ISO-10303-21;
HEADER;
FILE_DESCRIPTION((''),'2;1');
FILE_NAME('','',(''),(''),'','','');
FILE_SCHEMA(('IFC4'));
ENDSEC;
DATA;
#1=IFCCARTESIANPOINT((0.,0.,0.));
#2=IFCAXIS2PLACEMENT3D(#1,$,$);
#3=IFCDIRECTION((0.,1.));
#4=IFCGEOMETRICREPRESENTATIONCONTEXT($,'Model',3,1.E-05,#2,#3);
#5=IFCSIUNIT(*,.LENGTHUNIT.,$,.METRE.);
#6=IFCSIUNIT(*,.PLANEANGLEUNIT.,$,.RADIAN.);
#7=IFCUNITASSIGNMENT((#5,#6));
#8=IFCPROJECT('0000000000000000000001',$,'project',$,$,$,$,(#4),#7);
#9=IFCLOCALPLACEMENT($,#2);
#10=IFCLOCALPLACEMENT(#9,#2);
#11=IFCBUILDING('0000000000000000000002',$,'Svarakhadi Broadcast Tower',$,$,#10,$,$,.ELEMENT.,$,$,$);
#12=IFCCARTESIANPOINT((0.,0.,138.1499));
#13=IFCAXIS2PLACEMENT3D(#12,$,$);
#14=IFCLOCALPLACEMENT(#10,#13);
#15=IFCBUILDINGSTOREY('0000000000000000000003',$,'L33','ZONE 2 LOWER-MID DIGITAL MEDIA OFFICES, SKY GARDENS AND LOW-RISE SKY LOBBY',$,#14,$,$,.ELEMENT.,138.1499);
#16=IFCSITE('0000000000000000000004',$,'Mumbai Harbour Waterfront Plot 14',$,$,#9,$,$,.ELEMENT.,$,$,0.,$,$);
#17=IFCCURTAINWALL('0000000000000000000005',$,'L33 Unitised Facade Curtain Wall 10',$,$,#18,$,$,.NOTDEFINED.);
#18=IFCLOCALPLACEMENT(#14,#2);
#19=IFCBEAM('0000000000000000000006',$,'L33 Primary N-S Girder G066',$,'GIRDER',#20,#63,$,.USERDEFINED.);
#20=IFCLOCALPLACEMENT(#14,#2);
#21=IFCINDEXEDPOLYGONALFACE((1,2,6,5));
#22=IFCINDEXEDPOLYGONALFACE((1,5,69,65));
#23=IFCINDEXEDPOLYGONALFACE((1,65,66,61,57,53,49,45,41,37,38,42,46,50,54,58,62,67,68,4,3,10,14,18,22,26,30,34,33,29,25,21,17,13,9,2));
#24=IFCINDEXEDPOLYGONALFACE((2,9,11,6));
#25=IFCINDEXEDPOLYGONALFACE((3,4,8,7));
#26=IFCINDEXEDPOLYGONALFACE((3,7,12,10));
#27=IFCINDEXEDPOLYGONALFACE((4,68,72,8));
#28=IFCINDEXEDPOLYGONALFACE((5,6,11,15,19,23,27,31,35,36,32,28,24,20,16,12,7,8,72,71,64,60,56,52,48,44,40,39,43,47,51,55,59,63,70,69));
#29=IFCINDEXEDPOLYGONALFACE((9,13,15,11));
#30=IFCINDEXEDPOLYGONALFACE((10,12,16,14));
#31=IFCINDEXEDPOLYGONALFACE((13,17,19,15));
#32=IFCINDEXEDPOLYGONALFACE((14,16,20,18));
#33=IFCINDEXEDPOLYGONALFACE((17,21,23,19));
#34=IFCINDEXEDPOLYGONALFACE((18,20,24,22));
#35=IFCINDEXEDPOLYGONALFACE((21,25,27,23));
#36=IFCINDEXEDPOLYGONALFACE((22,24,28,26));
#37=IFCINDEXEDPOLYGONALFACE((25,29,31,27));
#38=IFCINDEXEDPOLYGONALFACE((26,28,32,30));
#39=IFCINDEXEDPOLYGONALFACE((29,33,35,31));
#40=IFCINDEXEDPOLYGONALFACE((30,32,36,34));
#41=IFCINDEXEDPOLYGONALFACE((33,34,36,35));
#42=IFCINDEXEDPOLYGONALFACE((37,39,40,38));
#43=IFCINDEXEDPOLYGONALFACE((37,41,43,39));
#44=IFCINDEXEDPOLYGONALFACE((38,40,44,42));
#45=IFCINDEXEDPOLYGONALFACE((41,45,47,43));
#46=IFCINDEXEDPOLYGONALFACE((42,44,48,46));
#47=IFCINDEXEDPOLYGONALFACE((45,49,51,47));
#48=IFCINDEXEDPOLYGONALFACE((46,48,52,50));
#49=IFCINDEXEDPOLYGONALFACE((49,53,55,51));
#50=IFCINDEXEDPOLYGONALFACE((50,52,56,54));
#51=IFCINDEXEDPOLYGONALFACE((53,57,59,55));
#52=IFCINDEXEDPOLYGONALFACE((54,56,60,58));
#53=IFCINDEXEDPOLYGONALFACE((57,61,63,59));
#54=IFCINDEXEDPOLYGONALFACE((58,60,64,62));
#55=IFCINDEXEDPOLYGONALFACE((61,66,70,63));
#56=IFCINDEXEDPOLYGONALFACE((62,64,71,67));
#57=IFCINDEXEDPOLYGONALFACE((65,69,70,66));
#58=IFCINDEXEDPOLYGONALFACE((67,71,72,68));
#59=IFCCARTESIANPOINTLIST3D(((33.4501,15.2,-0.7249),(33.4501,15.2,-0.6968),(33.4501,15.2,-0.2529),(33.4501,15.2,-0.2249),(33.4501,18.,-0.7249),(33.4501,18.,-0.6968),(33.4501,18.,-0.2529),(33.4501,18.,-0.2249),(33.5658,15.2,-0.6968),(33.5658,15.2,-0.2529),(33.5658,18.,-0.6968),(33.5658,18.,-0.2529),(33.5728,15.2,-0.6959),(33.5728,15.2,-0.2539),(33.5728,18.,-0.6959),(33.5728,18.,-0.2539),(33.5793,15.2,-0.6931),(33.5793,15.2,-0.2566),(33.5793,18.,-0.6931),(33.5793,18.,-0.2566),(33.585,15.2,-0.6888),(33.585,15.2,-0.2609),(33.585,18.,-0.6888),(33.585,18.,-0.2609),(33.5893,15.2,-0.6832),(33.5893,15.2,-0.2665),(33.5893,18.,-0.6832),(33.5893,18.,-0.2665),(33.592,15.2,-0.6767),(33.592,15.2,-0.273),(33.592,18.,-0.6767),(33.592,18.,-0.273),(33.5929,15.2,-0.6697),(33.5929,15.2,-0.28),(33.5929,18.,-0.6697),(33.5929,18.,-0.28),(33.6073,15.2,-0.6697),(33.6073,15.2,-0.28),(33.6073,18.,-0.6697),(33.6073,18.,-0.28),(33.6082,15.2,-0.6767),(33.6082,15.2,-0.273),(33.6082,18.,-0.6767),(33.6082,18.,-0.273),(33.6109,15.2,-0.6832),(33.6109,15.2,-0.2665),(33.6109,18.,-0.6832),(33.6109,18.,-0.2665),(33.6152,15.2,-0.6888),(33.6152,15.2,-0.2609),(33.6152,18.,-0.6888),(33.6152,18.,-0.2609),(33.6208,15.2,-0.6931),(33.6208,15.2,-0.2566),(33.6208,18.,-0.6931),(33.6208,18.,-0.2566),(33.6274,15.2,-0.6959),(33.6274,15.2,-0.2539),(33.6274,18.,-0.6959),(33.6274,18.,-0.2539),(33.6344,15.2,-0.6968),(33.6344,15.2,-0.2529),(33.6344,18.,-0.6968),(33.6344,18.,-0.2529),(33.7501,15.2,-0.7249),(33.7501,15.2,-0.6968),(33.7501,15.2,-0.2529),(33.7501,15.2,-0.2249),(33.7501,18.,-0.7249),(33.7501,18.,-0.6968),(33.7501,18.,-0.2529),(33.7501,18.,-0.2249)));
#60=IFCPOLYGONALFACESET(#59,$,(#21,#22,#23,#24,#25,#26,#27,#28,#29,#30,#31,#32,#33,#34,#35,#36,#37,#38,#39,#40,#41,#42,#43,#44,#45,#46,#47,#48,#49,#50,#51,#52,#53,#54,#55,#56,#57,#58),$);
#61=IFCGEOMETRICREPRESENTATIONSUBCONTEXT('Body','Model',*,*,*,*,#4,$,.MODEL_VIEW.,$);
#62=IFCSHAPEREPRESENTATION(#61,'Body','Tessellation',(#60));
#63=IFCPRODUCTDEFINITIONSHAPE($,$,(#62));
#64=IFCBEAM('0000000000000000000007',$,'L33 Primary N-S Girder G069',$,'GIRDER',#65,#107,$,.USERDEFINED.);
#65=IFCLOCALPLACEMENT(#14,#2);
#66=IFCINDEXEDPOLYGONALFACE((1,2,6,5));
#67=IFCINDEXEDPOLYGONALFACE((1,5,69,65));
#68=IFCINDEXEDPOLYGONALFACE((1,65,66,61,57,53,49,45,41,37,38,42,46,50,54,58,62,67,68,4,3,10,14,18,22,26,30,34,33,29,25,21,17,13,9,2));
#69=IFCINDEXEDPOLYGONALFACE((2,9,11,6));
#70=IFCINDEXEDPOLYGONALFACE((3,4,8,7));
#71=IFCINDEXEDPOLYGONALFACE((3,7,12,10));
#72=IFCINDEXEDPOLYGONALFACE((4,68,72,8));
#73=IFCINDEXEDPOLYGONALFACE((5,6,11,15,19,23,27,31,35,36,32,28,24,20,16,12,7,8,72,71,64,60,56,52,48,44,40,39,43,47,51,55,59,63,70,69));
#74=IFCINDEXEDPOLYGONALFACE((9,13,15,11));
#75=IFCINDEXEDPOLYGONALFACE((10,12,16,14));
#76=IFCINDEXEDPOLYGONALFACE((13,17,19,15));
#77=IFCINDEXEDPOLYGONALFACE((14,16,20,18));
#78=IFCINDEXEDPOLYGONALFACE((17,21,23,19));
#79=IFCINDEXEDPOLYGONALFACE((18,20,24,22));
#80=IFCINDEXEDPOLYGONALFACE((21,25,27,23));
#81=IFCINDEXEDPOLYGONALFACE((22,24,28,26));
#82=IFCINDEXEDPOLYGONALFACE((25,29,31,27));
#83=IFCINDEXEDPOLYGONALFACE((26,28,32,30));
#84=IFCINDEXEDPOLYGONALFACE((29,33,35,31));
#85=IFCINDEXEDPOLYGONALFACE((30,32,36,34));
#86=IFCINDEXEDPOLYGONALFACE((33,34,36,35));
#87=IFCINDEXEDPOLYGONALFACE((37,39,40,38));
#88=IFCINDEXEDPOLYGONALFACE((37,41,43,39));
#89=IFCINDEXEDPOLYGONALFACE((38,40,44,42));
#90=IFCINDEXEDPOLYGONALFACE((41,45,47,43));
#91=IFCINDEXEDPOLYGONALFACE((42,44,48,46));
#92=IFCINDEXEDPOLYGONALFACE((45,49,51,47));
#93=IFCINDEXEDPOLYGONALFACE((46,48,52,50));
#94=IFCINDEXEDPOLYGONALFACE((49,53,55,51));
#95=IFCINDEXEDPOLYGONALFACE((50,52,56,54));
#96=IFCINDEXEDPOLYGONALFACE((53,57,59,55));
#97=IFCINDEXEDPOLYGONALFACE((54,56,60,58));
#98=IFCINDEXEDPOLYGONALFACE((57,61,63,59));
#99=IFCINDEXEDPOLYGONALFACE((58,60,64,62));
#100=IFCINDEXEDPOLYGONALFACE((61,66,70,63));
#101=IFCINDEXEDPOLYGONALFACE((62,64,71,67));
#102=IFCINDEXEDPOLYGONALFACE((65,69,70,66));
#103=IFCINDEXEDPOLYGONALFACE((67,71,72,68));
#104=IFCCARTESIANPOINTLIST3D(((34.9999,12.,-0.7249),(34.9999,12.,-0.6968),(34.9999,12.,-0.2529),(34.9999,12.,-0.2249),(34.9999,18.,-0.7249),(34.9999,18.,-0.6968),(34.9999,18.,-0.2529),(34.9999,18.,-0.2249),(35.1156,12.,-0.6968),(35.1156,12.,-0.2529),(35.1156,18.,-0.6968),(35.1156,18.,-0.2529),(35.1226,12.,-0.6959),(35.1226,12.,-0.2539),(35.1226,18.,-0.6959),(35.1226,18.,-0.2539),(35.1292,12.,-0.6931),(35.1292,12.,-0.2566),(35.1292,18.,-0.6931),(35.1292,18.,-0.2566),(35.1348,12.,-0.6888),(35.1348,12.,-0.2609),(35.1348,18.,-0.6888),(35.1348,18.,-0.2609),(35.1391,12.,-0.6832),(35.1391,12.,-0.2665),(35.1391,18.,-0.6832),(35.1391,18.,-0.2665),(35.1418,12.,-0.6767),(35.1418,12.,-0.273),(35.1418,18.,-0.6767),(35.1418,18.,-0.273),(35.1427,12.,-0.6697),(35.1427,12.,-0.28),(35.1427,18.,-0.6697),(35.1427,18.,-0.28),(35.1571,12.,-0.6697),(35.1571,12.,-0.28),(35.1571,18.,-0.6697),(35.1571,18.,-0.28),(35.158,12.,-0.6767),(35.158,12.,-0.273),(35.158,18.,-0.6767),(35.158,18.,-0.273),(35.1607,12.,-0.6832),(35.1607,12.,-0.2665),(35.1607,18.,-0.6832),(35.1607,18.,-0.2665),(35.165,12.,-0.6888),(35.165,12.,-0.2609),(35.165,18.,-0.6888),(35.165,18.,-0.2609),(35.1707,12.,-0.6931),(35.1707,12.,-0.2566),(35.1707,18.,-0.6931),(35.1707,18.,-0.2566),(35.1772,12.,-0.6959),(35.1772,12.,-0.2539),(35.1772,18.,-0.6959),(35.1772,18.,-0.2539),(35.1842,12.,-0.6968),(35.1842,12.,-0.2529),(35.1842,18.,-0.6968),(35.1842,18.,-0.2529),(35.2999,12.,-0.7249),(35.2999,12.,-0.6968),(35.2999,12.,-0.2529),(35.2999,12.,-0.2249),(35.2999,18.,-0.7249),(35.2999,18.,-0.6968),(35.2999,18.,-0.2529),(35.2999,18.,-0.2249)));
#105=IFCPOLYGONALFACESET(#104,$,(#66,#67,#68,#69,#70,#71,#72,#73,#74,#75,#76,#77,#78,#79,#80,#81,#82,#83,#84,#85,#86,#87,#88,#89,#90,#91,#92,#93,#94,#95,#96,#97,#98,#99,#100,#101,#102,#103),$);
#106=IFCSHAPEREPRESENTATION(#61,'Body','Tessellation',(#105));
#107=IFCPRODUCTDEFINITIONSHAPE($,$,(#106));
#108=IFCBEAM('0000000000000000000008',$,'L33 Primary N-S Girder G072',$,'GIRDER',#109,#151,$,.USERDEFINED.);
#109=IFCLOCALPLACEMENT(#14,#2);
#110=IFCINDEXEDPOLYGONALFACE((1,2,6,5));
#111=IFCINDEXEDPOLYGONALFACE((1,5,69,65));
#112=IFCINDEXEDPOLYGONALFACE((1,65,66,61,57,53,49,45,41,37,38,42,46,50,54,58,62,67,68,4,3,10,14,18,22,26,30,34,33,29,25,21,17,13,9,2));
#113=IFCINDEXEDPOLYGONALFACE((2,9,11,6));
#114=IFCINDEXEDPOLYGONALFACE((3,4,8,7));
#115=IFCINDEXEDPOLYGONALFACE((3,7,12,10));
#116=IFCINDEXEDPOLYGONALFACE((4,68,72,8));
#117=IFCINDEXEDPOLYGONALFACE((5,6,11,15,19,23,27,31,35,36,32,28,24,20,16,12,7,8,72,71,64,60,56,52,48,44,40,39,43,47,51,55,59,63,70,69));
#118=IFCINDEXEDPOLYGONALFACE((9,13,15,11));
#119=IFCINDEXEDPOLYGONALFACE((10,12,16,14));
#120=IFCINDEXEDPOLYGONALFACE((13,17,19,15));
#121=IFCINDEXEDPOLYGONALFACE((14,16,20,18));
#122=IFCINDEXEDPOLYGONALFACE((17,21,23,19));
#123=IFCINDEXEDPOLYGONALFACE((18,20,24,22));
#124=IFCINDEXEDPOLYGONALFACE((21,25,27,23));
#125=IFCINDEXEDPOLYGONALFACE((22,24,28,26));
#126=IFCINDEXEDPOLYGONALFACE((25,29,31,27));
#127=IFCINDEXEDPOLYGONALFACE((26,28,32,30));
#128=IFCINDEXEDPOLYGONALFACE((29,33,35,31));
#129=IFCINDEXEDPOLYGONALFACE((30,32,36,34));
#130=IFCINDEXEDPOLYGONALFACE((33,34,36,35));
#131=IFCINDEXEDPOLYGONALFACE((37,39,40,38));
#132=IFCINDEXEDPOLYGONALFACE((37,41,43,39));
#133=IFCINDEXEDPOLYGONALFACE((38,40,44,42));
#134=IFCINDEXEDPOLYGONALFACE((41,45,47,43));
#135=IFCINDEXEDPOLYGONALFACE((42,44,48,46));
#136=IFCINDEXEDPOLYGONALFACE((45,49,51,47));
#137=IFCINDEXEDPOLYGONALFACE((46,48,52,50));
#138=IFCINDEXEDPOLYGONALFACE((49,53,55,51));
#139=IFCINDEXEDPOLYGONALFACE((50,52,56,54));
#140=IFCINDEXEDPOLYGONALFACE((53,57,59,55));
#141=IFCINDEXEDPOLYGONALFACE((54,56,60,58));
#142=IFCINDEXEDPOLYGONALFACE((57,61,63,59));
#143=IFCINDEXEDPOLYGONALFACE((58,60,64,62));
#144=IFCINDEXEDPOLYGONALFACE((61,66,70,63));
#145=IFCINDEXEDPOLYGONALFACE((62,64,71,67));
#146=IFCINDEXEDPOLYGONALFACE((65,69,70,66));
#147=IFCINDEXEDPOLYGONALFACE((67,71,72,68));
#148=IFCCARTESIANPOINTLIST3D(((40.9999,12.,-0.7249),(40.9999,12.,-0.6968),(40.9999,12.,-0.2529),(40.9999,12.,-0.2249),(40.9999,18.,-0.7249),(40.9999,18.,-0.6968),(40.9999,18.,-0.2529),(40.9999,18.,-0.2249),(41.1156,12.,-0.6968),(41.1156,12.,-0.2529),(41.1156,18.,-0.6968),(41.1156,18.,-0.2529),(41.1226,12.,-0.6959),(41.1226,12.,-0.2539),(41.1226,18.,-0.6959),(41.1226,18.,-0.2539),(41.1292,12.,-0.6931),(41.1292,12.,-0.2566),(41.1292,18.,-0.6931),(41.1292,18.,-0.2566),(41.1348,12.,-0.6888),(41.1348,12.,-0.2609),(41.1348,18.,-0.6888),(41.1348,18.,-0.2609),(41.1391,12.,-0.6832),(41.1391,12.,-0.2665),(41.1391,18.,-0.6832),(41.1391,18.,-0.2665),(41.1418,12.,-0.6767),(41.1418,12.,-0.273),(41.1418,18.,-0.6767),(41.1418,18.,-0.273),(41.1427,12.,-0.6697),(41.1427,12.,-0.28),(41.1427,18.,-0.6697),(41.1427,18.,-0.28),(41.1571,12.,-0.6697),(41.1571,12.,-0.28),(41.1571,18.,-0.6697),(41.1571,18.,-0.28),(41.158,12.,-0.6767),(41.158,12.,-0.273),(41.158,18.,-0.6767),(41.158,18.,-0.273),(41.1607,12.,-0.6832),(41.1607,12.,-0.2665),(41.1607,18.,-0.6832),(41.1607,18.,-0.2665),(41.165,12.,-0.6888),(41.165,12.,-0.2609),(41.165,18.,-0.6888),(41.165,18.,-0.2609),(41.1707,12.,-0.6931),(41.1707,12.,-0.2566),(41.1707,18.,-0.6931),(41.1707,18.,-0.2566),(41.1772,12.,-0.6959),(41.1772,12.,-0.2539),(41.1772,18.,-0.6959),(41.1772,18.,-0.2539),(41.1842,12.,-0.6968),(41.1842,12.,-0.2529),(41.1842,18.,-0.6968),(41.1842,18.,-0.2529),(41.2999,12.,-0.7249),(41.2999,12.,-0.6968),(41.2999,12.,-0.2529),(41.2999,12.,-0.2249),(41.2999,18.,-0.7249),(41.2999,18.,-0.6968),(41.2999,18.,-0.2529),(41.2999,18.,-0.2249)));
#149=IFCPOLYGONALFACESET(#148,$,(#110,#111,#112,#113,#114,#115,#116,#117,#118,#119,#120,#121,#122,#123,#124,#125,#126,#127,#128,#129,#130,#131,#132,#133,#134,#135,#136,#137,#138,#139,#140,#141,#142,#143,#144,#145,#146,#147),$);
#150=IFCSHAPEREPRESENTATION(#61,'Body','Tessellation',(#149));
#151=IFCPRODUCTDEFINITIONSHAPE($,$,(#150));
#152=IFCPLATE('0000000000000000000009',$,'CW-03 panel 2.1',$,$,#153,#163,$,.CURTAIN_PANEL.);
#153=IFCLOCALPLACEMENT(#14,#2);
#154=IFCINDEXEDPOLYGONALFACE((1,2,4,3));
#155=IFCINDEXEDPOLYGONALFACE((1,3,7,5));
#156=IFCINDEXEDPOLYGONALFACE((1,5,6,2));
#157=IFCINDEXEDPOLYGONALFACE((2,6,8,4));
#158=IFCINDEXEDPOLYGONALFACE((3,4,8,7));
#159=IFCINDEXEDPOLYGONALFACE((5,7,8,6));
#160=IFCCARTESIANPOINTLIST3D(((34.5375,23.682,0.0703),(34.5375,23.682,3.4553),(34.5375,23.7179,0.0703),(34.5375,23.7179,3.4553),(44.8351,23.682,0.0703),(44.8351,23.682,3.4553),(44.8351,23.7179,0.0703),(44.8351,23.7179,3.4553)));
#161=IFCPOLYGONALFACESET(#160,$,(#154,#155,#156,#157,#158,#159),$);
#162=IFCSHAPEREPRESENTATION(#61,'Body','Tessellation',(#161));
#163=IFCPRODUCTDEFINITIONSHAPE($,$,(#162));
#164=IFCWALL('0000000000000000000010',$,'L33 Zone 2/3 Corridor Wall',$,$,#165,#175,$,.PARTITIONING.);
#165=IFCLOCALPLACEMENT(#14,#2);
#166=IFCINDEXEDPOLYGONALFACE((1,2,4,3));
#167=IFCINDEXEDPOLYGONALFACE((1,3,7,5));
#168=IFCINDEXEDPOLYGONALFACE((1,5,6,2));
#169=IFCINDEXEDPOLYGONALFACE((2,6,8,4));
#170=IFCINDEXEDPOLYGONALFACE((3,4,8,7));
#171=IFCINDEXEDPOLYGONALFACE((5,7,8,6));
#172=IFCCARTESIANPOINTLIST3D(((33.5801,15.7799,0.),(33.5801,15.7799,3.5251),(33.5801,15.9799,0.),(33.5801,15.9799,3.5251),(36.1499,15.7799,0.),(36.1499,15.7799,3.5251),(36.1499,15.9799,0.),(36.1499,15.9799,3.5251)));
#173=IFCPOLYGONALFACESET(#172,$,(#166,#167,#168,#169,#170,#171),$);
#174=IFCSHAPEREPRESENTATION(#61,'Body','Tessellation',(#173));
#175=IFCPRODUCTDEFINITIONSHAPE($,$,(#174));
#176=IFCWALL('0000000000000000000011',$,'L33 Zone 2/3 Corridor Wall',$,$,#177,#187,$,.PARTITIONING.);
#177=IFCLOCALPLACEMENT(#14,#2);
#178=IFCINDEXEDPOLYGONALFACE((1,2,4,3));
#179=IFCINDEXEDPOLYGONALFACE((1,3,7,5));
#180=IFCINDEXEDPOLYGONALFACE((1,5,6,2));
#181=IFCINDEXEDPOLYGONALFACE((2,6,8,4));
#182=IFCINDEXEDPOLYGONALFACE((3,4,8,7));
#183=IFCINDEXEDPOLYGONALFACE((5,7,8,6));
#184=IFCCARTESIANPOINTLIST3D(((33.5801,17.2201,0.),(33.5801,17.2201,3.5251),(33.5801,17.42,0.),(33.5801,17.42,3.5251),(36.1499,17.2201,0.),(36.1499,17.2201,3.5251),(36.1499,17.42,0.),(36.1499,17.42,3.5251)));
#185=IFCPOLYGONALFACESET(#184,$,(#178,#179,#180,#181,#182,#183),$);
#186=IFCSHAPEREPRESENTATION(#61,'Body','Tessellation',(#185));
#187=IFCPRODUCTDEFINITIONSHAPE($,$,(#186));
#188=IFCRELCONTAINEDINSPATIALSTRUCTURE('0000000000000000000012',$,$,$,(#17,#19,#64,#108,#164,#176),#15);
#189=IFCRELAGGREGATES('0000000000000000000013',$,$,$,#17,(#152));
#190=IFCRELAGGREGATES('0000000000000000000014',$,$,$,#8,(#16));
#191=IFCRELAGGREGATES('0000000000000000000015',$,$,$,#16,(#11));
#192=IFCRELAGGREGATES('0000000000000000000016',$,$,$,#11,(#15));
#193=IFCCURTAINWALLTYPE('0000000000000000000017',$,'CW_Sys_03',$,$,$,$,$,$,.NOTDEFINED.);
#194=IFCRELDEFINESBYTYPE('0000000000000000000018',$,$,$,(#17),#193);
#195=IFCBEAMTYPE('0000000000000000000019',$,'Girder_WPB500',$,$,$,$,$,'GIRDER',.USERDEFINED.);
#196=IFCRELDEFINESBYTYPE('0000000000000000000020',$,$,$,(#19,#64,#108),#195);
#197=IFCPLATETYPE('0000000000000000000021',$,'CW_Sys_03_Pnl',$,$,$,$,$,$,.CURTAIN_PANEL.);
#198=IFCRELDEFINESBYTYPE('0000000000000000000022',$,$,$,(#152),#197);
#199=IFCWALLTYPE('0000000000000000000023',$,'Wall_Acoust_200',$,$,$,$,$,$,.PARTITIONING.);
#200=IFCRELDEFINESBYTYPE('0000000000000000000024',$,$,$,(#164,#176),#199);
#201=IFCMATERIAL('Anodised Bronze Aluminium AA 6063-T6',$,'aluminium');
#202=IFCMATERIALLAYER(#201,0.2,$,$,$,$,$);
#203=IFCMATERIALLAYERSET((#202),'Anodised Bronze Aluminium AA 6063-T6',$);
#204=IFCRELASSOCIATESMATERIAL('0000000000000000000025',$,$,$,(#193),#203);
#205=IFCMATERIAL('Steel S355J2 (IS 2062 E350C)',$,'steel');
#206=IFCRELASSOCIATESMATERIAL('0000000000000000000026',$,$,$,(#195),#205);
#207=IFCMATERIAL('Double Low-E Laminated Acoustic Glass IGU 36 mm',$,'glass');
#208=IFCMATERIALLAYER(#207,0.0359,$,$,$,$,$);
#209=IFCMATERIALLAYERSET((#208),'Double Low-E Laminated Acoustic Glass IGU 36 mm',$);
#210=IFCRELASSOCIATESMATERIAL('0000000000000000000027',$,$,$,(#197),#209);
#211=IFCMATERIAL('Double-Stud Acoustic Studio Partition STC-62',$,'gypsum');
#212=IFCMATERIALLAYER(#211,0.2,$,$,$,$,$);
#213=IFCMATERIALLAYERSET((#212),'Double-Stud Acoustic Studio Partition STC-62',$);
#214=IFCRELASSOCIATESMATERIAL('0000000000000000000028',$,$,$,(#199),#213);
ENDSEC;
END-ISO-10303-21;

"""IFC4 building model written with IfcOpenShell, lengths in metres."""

from ifc_helpers import new_model, si_unit, direction, frame, frame_2d, origin, origin_2d, place, context, subcontext, project, spatial, rectangle, i_section, extrude, material, layer, layer_set, material_profile, profile_set, type_object, element, aggregate, save


model = new_model("IFC4")

# Units and contexts
model_context = context("Model", 3, precision=1e-05, world=origin(), true_north=direction((0.0, 1.0)))
body_context = subcontext(model_context, "Body", "Model", "MODEL_VIEW")
ifc_project = project(units=[si_unit("LENGTHUNIT", "METRE"), si_unit("PLANEANGLEUNIT", "RADIAN")], contexts=[model_context])

# Site, building, storey
site_placement = place(None, origin())
site = spatial("IfcSite", under=ifc_project, at=site_placement, Name="Mumbai Harbour Waterfront Plot 14", CompositionType="ELEMENT", RefElevation=0.0)
building_placement = place(site_placement, origin())
building = spatial("IfcBuilding", under=site, at=building_placement, Name="Svarakhadi Broadcast Tower", CompositionType="ELEMENT")
storey_placement = place(building_placement, frame((0.0, 0.0, 138.1499)))
storey = spatial("IfcBuildingStorey", under=building, at=storey_placement, Name="L33", Description="ZONE 2 LOWER-MID DIGITAL MEDIA OFFICES, SKY GARDENS AND LOW-RISE SKY LOBBY", CompositionType="ELEMENT", Elevation=138.1499)

# Shared definitions
ifc_material_1 = material(Name="Steel S355J2 (IS 2062 E350C)", Category="steel")

# Curtain wall
ifc_material_2 = material(Name="Anodised Bronze Aluminium AA 6063-T6", Category="aluminium")
ifc_layer_1 = layer(ifc_material_2, 0.2)
ifc_layer_set_1 = layer_set([ifc_layer_1], Name="Anodised Bronze Aluminium AA 6063-T6")
curtain_wall_type = type_object("IfcCurtainWallType", Name="CW_Sys_03", PredefinedType="NOTDEFINED", material=ifc_layer_set_1)
curtain_wall_placement = place(storey_placement, origin())
curtain_wall = element("IfcCurtainWall", 1, at=curtain_wall_placement, inside=storey, type_object=curtain_wall_type, Name="L33 Unitised Facade Curtain Wall 10", PredefinedType="NOTDEFINED")

# Beams
ifc_material_profile_1 = material_profile(ifc_material_1, i_section(OverallWidth=0.3, OverallDepth=0.5, WebThickness=0.0144, FlangeThickness=0.0281, FilletRadius=0.0271, at=origin_2d()), Name="WPB 500x300x187")
ifc_profile_set_1 = profile_set([ifc_material_profile_1], Name="Steel S355J2 (IS 2062 E350C)")
beam_type_1 = type_object("IfcBeamType", Name="Girder_WPB500", ElementType="GIRDER", PredefinedType="USERDEFINED", material=ifc_profile_set_1)
beam_1_placement = place(storey_placement, frame((33.6001, 15.2, -0.4749), z_axis=(0.0, 1.0, 0.0), x_axis=(-1.0, 0.0, 0.0)))
element("IfcBeam", 2, at=beam_1_placement, inside=storey, type_object=beam_type_1, Name="L33 Primary N-S Girder G066", ObjectType="GIRDER", PredefinedType="USERDEFINED", context=body_context, shape_type="SweptSolid", body=[
    extrude(i_section(OverallWidth=0.3, OverallDepth=0.5, WebThickness=0.0144, FlangeThickness=0.0281, FilletRadius=0.0271, at=origin_2d()), origin(), (0.0, 0.0, 1.0), 2.8),
])
for number, where, z_axis, x_axis, name in (
    (3, (35.1499, 12.0, -0.4749), (0.0, 1.0, 0.0), (-1.0, 0.0, 0.0), "L33 Primary N-S Girder G069"),
    (4, (41.1499, 12.0, -0.4749), (0.0, 1.0, 0.0), (-1.0, 0.0, 0.0), "L33 Primary N-S Girder G072"),
):
    element("IfcBeam", number, at=place(storey_placement, frame(where, z_axis=z_axis, x_axis=x_axis)), inside=storey, type_object=beam_type_1, Name=name, ObjectType="GIRDER", PredefinedType="USERDEFINED", context=body_context, shape_type="SweptSolid", body=[
        extrude(i_section(OverallWidth=0.3, OverallDepth=0.5, WebThickness=0.0144, FlangeThickness=0.0281, FilletRadius=0.0271, at=origin_2d()), origin(), (0.0, 0.0, 1.0), 6.0),
    ])

# Plate
ifc_material_3 = material(Name="Double Low-E Laminated Acoustic Glass IGU 36 mm", Category="glass")
ifc_layer_2 = layer(ifc_material_3, 0.0359)
ifc_layer_set_2 = layer_set([ifc_layer_2], Name="Double Low-E Laminated Acoustic Glass IGU 36 mm")
plate_type = type_object("IfcPlateType", Name="CW_Sys_03_Pnl", PredefinedType="CURTAIN_PANEL", material=ifc_layer_set_2)
plate_placement = place(storey_placement, frame((39.6863, 23.7, 0.0703), z_axis=(0.0, 0.0, 1.0), x_axis=(1.0, 0.0, 0.0)))
plate = element("IfcPlate", 5, at=plate_placement, type_object=plate_type, Name="CW-03 panel 2.1", PredefinedType="CURTAIN_PANEL", context=body_context, shape_type="SweptSolid", body=[
    extrude(rectangle(XDim=10.2976, YDim=0.0359, at=origin_2d()), origin(), (0.0, 0.0, 1.0), 3.385),
])
aggregate(curtain_wall, [plate])

# Walls
ifc_material_4 = material(Name="Double-Stud Acoustic Studio Partition STC-62", Category="gypsum")
ifc_layer_3 = layer(ifc_material_4, 0.2)
ifc_layer_set_3 = layer_set([ifc_layer_3], Name="Double-Stud Acoustic Studio Partition STC-62")
wall_type_1 = type_object("IfcWallType", Name="Wall_Acoust_200", PredefinedType="PARTITIONING", material=ifc_layer_set_3)
for number, where, z_axis, x_axis, name in (
    (6, (36.1499, 15.8799, 0.0), (0.0, 0.0, 1.0), (-1.0, 0.0, 0.0), "L33 Zone 2/3 Corridor Wall"),
    (7, (33.5801, 17.3201, 0.0), (0.0, 0.0, 1.0), (1.0, 0.0, 0.0), "L33 Zone 2/3 Corridor Wall"),
):
    element("IfcWall", number, at=place(storey_placement, frame(where, z_axis=z_axis, x_axis=x_axis)), inside=storey, type_object=wall_type_1, Name=name, PredefinedType="PARTITIONING", context=body_context, shape_type="SweptSolid", body=[
        extrude(rectangle(XDim=2.5698, YDim=0.2, at=frame_2d((1.2849, 0.0))), origin(), (0.0, 0.0, 1.0), 3.5251),
    ])

save(model, "model.ifc")
